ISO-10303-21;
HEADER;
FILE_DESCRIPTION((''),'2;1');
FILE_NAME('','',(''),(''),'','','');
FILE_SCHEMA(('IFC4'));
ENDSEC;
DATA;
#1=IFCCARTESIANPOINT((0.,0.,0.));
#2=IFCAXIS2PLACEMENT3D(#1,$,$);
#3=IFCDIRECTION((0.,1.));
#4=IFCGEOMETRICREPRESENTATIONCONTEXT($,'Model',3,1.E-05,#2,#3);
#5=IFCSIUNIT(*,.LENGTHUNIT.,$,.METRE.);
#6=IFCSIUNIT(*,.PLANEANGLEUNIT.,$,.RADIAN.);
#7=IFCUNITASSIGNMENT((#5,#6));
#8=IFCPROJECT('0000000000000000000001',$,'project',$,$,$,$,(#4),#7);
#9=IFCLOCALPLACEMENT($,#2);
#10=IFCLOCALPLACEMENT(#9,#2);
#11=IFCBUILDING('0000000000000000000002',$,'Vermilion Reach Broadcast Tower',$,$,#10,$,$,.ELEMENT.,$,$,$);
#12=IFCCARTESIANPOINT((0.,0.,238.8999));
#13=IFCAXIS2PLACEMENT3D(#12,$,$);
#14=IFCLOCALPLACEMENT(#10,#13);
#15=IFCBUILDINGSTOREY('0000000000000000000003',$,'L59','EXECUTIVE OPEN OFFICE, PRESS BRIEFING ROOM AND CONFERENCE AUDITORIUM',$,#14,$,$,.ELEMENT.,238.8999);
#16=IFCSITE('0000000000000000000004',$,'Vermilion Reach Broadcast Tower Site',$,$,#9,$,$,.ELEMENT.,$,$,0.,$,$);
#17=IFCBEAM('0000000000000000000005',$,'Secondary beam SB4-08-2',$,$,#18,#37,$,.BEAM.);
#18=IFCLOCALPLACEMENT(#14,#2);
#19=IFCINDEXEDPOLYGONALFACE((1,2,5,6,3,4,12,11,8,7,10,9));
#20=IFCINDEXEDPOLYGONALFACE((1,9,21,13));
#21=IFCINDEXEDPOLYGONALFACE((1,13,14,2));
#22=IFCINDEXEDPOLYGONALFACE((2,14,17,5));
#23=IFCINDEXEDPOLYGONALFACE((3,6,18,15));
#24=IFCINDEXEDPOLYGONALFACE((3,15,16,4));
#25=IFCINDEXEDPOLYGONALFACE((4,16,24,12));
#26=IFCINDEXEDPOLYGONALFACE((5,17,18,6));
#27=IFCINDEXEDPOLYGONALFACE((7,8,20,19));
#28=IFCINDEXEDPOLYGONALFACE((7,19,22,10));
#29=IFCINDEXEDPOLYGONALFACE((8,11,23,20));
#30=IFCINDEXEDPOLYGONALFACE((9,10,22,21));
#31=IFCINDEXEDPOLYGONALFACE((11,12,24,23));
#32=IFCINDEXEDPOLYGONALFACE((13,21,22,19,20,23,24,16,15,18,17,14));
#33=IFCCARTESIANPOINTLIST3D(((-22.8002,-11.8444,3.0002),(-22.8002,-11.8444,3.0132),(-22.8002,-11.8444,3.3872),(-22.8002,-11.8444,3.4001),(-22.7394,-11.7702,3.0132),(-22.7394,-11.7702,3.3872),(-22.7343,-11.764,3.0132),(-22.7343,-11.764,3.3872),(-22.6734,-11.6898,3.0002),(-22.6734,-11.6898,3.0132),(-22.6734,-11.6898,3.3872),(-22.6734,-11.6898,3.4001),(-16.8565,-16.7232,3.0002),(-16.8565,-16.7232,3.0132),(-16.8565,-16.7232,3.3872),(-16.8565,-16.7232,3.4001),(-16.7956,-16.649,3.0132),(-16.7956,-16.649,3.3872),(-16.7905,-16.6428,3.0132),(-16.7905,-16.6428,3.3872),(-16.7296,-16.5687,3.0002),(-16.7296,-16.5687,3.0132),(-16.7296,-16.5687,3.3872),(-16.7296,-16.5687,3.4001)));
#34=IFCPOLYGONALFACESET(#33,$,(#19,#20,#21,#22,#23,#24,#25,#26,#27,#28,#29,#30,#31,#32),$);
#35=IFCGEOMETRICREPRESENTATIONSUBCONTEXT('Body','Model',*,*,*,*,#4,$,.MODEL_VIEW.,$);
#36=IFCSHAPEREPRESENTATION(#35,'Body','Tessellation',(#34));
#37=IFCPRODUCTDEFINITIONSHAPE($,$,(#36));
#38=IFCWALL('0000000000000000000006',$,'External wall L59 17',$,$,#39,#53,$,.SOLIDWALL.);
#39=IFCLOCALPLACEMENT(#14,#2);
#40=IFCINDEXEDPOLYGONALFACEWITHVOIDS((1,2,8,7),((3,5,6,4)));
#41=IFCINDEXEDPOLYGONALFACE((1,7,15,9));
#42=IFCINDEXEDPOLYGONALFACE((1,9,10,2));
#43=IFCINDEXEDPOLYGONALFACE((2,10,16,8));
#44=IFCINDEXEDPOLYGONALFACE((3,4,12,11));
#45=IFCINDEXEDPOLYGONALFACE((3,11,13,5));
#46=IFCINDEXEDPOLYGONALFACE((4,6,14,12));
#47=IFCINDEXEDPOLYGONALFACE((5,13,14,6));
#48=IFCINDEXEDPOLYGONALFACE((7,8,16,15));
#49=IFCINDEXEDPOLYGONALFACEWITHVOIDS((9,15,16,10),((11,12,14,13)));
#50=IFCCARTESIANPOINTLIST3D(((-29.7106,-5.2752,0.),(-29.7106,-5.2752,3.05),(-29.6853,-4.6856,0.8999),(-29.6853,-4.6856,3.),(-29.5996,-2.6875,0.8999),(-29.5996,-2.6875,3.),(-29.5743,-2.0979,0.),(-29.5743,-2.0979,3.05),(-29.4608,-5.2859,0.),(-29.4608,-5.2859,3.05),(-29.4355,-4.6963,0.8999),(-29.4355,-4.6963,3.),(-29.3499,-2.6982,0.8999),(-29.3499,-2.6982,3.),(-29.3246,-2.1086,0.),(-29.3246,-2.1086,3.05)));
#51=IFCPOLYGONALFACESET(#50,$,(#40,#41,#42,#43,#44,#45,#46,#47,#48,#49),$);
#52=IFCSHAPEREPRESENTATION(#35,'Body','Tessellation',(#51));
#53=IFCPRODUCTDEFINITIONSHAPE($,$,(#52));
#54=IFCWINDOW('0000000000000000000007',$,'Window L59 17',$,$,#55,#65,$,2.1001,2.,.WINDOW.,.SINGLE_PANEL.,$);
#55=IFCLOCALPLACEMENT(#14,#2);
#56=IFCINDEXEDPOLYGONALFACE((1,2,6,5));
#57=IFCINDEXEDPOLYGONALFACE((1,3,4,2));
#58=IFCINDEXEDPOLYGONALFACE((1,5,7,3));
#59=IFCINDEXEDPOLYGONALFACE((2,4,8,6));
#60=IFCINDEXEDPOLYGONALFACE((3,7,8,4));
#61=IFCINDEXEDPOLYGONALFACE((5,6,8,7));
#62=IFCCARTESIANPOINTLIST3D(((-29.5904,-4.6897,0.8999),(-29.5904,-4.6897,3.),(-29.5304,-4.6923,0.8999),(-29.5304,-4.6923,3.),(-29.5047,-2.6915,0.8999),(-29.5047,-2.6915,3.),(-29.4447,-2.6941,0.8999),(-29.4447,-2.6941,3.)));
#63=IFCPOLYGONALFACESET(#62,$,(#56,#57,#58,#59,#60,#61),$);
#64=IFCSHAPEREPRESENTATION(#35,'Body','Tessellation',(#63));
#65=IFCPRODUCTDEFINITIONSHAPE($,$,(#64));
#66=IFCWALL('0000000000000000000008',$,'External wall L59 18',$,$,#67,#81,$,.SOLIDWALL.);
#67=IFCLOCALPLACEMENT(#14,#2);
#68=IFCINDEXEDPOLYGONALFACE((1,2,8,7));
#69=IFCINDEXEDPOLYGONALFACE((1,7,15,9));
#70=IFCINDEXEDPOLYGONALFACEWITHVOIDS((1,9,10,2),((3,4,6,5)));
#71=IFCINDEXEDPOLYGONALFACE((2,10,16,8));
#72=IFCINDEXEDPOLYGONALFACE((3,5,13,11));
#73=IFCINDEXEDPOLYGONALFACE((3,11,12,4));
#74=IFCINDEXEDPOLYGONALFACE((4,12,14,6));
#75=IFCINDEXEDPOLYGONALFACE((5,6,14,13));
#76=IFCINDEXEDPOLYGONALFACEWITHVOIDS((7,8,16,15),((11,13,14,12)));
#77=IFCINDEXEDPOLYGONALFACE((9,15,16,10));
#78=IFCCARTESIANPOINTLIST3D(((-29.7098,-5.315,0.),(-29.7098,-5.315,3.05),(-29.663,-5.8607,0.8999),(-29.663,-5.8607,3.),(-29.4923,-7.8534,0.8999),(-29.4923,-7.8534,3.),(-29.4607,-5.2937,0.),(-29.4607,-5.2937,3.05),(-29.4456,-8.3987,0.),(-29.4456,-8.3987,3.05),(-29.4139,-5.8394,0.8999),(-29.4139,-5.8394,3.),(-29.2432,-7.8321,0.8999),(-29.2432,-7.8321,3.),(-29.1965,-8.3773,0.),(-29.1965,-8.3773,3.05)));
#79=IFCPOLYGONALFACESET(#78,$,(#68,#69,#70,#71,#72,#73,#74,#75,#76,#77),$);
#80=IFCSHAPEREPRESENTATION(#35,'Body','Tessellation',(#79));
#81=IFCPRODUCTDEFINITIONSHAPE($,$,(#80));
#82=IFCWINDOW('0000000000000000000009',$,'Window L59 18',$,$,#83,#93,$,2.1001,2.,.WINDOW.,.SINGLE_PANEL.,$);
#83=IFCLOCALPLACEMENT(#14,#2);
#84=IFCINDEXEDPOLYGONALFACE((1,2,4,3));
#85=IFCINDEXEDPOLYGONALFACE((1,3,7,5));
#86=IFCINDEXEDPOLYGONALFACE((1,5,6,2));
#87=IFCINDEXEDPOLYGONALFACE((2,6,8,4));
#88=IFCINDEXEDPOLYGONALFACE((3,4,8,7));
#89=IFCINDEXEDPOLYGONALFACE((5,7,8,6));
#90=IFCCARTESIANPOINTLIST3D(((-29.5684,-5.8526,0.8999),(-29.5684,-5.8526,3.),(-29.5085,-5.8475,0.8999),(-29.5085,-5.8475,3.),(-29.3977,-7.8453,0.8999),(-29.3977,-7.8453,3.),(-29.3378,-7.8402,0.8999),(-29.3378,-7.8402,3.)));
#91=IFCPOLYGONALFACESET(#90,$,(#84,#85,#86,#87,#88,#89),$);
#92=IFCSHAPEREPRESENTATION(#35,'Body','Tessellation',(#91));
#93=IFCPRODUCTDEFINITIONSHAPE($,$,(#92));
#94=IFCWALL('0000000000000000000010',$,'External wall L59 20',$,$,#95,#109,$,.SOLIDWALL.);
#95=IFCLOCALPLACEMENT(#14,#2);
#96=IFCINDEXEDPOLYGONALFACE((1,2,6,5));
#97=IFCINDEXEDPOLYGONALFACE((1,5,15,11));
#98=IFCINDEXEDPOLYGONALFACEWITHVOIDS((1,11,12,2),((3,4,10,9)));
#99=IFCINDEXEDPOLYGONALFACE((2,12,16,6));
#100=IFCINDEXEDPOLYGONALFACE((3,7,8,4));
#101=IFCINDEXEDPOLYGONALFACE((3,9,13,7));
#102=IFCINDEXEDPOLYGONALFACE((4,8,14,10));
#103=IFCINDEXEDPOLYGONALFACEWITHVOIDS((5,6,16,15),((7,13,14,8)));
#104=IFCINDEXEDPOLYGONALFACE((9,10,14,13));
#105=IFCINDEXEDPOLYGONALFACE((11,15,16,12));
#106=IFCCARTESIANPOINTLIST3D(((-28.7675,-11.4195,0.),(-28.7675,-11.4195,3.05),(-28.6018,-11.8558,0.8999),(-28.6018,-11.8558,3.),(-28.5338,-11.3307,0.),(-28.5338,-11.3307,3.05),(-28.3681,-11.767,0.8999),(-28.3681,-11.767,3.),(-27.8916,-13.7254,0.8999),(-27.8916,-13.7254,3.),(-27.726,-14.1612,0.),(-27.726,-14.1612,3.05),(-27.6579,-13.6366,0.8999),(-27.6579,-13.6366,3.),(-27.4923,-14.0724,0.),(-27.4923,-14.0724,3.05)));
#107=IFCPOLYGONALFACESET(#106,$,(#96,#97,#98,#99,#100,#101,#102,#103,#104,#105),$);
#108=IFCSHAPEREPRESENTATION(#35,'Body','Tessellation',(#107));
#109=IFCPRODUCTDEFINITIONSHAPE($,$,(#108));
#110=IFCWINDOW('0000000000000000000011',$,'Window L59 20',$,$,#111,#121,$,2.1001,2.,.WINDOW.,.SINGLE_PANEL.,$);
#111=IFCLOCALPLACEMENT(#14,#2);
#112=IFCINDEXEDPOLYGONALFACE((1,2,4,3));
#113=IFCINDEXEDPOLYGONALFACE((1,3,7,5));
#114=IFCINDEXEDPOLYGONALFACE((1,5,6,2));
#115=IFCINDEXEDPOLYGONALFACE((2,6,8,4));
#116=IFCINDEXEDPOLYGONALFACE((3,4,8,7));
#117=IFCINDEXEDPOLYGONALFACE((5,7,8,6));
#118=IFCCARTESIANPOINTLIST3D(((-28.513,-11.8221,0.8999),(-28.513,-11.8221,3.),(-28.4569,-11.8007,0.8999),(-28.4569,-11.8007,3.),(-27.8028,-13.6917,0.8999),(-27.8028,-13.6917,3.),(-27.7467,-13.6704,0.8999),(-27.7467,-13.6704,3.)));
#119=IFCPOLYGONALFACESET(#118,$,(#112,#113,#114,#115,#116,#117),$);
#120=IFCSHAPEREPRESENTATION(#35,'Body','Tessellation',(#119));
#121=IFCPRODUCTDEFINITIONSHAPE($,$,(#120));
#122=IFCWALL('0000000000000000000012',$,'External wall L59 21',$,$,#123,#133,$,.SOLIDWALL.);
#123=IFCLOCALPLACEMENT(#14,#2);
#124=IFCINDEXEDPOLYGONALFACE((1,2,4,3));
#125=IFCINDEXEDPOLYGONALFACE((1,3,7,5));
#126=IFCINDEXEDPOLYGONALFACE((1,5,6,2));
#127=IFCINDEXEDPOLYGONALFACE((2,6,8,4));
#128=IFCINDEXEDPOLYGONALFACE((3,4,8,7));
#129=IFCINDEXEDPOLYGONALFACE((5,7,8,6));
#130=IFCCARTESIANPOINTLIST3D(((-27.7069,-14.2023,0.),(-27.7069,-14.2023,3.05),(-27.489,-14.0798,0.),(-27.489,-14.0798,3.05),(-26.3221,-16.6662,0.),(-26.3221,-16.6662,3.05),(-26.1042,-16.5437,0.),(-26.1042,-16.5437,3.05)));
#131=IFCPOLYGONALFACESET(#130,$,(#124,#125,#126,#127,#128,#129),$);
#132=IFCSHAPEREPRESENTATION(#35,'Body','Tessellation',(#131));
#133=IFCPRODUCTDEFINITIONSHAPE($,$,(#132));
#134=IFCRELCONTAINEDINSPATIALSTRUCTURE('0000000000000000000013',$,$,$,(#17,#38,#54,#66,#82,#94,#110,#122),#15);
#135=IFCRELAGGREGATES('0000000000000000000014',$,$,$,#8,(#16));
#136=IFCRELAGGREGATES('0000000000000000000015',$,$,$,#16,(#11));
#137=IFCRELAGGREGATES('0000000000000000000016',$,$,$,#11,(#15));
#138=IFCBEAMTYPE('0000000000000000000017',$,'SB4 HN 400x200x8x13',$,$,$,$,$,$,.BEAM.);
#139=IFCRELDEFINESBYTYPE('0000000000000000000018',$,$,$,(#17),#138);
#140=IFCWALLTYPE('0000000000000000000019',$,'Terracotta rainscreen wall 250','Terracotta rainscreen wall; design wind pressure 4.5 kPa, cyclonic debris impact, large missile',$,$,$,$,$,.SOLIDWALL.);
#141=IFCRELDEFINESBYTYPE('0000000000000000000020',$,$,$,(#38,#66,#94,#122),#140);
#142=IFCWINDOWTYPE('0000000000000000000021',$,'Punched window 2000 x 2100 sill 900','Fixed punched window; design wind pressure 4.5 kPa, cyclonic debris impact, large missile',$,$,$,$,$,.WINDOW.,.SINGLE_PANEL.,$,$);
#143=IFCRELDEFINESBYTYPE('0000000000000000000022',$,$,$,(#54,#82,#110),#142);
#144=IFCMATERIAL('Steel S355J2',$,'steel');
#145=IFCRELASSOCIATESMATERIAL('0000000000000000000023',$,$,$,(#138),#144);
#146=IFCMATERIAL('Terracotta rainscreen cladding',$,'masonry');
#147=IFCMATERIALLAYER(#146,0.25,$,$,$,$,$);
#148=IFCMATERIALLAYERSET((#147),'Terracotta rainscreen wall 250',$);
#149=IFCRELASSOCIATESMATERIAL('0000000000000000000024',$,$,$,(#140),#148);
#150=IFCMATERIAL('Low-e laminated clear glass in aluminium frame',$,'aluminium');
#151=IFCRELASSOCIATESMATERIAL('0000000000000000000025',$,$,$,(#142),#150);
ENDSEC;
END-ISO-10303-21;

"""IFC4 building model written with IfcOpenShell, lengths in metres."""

from ifc_helpers import new_model, si_unit, direction, frame, frame_2d, origin, origin_2d, place, context, subcontext, project, spatial, rectangle, i_section, extrude, material, layer, layer_set, material_profile, profile_set, type_object, element, fill, save


model = new_model("IFC4")

# Units and contexts
model_context = context("Model", 3, precision=1e-05, world=origin(), true_north=direction((0.0, 1.0)))
body_context = subcontext(model_context, "Body", "Model", "MODEL_VIEW")
ifc_project = project(units=[si_unit("LENGTHUNIT", "METRE"), si_unit("PLANEANGLEUNIT", "RADIAN")], contexts=[model_context])

# Site, building, storey
site_placement = place(None, origin())
site = spatial("IfcSite", under=ifc_project, at=site_placement, Name="Vermilion Reach Broadcast Tower Site", CompositionType="ELEMENT", RefElevation=0.0)
building_placement = place(site_placement, origin())
building = spatial("IfcBuilding", under=site, at=building_placement, Name="Vermilion Reach Broadcast Tower", CompositionType="ELEMENT")
storey_placement = place(building_placement, frame((0.0, 0.0, 238.8999)))
storey = spatial("IfcBuildingStorey", under=building, at=storey_placement, Name="L59", Description="EXECUTIVE OPEN OFFICE, PRESS BRIEFING ROOM AND CONFERENCE AUDITORIUM", CompositionType="ELEMENT", Elevation=238.8999)

# Beam
ifc_material_1 = material(Name="Steel S355J2", Category="steel")
ifc_material_profile_1 = material_profile(ifc_material_1, i_section(OverallWidth=0.2, OverallDepth=0.3999, WebThickness=0.0081, FlangeThickness=0.0129, at=origin_2d()), Name="S355J2 HN 400x200x8x13")
ifc_profile_set_1 = profile_set([ifc_material_profile_1], Name="Steel S355J2")
beam_type_1 = type_object("IfcBeamType", Name="SB4 HN 400x200x8x13", PredefinedType="BEAM", material=ifc_profile_set_1)
beam_1_placement = place(storey_placement, frame((-22.7368, -11.7671, 3.2002), z_axis=(0.772952, -0.634465, 0.0), x_axis=(0.634465, 0.772952, 0.0)))
element("IfcBeam", 1, at=beam_1_placement, inside=storey, type_object=beam_type_1, Name="Secondary beam SB4-08-2", PredefinedType="BEAM", context=body_context, shape_type="SweptSolid", body=[
    extrude(i_section(OverallWidth=0.2, OverallDepth=0.3999, WebThickness=0.0081, FlangeThickness=0.0129, at=origin_2d()), origin(), (0.0, 0.0, 1.0), 7.6897),
])

# Walls, openings, windows
ifc_material_2 = material(Name="Terracotta rainscreen cladding", Category="masonry")
ifc_layer_1 = layer(ifc_material_2, 0.25)
ifc_layer_set_1 = layer_set([ifc_layer_1], Name="Terracotta rainscreen wall 250")
wall_type_1 = type_object("IfcWallType", Name="Terracotta rainscreen wall 250", Description="Terracotta rainscreen wall; design wind pressure 4.5 kPa, cyclonic debris impact, large missile", PredefinedType="SOLIDWALL", material=ifc_layer_set_1)
wall_1_placement = place(storey_placement, frame((-29.4495, -2.1033, 0.0), z_axis=(0.0, 0.0, 1.0), x_axis=(-0.042838, -0.999082, 0.0)))
wall_1 = element("IfcWall", 2, at=wall_1_placement, inside=storey, type_object=wall_type_1, Name="External wall L59 17", PredefinedType="SOLIDWALL", context=body_context, shape_type="SweptSolid", body=[
    extrude(rectangle(XDim=3.1802, YDim=0.25, at=frame_2d((1.5901, 0.0))), origin(), (0.0, 0.0, 1.0), 3.05),
])
opening_1_placement = place(wall_1_placement, frame((0.5901, 0.0, 0.8999)))
opening_1 = element("IfcOpeningElement", 3, at=opening_1_placement, cuts=wall_1, PredefinedType="OPENING", context=body_context, shape_type="SweptSolid", body=[
    extrude(rectangle(XDim=2.0, YDim=2.1001, at=frame_2d((1.0, 1.05))), frame((0.0, 0.135, 0.0), z_axis=(0.0, -1.0, 0.0), x_axis=(1.0, 0.0, 0.0)), (0.0, 0.0, 1.0), 0.27),
])
ifc_material_3 = material(Name="Low-e laminated clear glass in aluminium frame", Category="aluminium")
window_type = type_object("IfcWindowType", Name="Punched window 2000 x 2100 sill 900", Description="Fixed punched window; design wind pressure 4.5 kPa, cyclonic debris impact, large missile", PartitioningType="SINGLE_PANEL", PredefinedType="WINDOW", material=ifc_material_3)
window_1_placement = place(opening_1_placement, origin())
window_1 = element("IfcWindow", 4, at=window_1_placement, inside=storey, type_object=window_type, Name="Window L59 17", OverallHeight=2.1001, OverallWidth=2.0, PartitioningType="SINGLE_PANEL", PredefinedType="WINDOW", context=body_context, shape_type="SweptSolid", body=[
    extrude(rectangle(XDim=2.0, YDim=2.1001, at=frame_2d((1.0, 1.05))), frame((0.0, 0.03, 0.0), z_axis=(0.0, -1.0, 0.0), x_axis=(1.0, 0.0, 0.0)), (0.0, 0.0, 1.0), 0.0601),
])
fill(opening_1, window_1)
wall_2_placement = place(storey_placement, frame((-29.5852, -5.3044, 0.0), z_axis=(0.0, 0.0, 1.0), x_axis=(0.08535, -0.996351, 0.0)))
wall_2 = element("IfcWall", 5, at=wall_2_placement, inside=storey, type_object=wall_type_1, Name="External wall L59 18", PredefinedType="SOLIDWALL", context=body_context, shape_type="SweptSolid", body=[
    extrude(rectangle(XDim=3.095, YDim=0.25, at=frame_2d((1.5474, 0.0))), origin(), (0.0, 0.0, 1.0), 3.05),
])
opening_2_placement = place(wall_2_placement, frame((0.5476, 0.0, 0.8999)))
opening_2 = element("IfcOpeningElement", 6, at=opening_2_placement, cuts=wall_2, PredefinedType="OPENING", context=body_context, shape_type="SweptSolid", body=[
    extrude(rectangle(XDim=2.0, YDim=2.1001, at=frame_2d((1.0, 1.05))), frame((0.0, 0.135, 0.0), z_axis=(0.0, -1.0, 0.0), x_axis=(1.0, 0.0, 0.0)), (0.0, 0.0, 1.0), 0.27),
])
window_2_placement = place(opening_2_placement, origin())
window_2 = element("IfcWindow", 7, at=window_2_placement, inside=storey, type_object=window_type, Name="Window L59 18", OverallHeight=2.1001, OverallWidth=2.0, PartitioningType="SINGLE_PANEL", PredefinedType="WINDOW", context=body_context, shape_type="SweptSolid", body=[
    extrude(rectangle(XDim=2.0, YDim=2.1001, at=frame_2d((1.0, 1.05))), frame((0.0, 0.03, 0.0), z_axis=(0.0, -1.0, 0.0), x_axis=(1.0, 0.0, 0.0)), (0.0, 0.0, 1.0), 0.0601),
])
fill(opening_2, window_2)

# Wall, opening, window
wall_3_placement = place(storey_placement, frame((-28.6506, -11.3752, 0.0), z_axis=(0.0, 0.0, 1.0), x_axis=(0.355116, -0.934822, 0.0)))
wall_3 = element("IfcWall", 8, at=wall_3_placement, inside=storey, type_object=wall_type_1, Name="External wall L59 20", PredefinedType="SOLIDWALL", context=body_context, shape_type="SweptSolid", body=[
    extrude(rectangle(XDim=2.9329, YDim=0.25, at=frame_2d((1.4663, 0.0))), origin(), (0.0, 0.0, 1.0), 3.05),
])
opening_3_placement = place(wall_3_placement, frame((0.4666, 0.0, 0.8999)))
opening_3 = element("IfcOpeningElement", 9, at=opening_3_placement, cuts=wall_3, PredefinedType="OPENING", context=body_context, shape_type="SweptSolid", body=[
    extrude(rectangle(XDim=2.0, YDim=2.1001, at=frame_2d((1.0, 1.05))), frame((0.0, 0.135, 0.0), z_axis=(0.0, -1.0, 0.0), x_axis=(1.0, 0.0, 0.0)), (0.0, 0.0, 1.0), 0.27),
])
window_3_placement = place(opening_3_placement, origin())
window_3 = element("IfcWindow", 10, at=window_3_placement, inside=storey, type_object=window_type, Name="Window L59 20", OverallHeight=2.1001, OverallWidth=2.0, PartitioningType="SINGLE_PANEL", PredefinedType="WINDOW", context=body_context, shape_type="SweptSolid", body=[
    extrude(rectangle(XDim=2.0, YDim=2.1001, at=frame_2d((1.0, 1.05))), frame((0.0, 0.03, 0.0), z_axis=(0.0, -1.0, 0.0), x_axis=(1.0, 0.0, 0.0)), (0.0, 0.0, 1.0), 0.0601),
])
fill(opening_3, window_3)

# Wall
wall_4_placement = place(storey_placement, frame((-27.5979, -14.1411, 0.0), z_axis=(0.0, 0.0, 1.0), x_axis=(0.48995, -0.871751, 0.0)))
element("IfcWall", 11, at=wall_4_placement, inside=storey, type_object=wall_type_1, Name="External wall L59 21", PredefinedType="SOLIDWALL", context=body_context, shape_type="SweptSolid", body=[
    extrude(rectangle(XDim=2.8264, YDim=0.25, at=frame_2d((1.4131, 0.0))), origin(), (0.0, 0.0, 1.0), 3.05),
])

save(model, "model.ifc")
